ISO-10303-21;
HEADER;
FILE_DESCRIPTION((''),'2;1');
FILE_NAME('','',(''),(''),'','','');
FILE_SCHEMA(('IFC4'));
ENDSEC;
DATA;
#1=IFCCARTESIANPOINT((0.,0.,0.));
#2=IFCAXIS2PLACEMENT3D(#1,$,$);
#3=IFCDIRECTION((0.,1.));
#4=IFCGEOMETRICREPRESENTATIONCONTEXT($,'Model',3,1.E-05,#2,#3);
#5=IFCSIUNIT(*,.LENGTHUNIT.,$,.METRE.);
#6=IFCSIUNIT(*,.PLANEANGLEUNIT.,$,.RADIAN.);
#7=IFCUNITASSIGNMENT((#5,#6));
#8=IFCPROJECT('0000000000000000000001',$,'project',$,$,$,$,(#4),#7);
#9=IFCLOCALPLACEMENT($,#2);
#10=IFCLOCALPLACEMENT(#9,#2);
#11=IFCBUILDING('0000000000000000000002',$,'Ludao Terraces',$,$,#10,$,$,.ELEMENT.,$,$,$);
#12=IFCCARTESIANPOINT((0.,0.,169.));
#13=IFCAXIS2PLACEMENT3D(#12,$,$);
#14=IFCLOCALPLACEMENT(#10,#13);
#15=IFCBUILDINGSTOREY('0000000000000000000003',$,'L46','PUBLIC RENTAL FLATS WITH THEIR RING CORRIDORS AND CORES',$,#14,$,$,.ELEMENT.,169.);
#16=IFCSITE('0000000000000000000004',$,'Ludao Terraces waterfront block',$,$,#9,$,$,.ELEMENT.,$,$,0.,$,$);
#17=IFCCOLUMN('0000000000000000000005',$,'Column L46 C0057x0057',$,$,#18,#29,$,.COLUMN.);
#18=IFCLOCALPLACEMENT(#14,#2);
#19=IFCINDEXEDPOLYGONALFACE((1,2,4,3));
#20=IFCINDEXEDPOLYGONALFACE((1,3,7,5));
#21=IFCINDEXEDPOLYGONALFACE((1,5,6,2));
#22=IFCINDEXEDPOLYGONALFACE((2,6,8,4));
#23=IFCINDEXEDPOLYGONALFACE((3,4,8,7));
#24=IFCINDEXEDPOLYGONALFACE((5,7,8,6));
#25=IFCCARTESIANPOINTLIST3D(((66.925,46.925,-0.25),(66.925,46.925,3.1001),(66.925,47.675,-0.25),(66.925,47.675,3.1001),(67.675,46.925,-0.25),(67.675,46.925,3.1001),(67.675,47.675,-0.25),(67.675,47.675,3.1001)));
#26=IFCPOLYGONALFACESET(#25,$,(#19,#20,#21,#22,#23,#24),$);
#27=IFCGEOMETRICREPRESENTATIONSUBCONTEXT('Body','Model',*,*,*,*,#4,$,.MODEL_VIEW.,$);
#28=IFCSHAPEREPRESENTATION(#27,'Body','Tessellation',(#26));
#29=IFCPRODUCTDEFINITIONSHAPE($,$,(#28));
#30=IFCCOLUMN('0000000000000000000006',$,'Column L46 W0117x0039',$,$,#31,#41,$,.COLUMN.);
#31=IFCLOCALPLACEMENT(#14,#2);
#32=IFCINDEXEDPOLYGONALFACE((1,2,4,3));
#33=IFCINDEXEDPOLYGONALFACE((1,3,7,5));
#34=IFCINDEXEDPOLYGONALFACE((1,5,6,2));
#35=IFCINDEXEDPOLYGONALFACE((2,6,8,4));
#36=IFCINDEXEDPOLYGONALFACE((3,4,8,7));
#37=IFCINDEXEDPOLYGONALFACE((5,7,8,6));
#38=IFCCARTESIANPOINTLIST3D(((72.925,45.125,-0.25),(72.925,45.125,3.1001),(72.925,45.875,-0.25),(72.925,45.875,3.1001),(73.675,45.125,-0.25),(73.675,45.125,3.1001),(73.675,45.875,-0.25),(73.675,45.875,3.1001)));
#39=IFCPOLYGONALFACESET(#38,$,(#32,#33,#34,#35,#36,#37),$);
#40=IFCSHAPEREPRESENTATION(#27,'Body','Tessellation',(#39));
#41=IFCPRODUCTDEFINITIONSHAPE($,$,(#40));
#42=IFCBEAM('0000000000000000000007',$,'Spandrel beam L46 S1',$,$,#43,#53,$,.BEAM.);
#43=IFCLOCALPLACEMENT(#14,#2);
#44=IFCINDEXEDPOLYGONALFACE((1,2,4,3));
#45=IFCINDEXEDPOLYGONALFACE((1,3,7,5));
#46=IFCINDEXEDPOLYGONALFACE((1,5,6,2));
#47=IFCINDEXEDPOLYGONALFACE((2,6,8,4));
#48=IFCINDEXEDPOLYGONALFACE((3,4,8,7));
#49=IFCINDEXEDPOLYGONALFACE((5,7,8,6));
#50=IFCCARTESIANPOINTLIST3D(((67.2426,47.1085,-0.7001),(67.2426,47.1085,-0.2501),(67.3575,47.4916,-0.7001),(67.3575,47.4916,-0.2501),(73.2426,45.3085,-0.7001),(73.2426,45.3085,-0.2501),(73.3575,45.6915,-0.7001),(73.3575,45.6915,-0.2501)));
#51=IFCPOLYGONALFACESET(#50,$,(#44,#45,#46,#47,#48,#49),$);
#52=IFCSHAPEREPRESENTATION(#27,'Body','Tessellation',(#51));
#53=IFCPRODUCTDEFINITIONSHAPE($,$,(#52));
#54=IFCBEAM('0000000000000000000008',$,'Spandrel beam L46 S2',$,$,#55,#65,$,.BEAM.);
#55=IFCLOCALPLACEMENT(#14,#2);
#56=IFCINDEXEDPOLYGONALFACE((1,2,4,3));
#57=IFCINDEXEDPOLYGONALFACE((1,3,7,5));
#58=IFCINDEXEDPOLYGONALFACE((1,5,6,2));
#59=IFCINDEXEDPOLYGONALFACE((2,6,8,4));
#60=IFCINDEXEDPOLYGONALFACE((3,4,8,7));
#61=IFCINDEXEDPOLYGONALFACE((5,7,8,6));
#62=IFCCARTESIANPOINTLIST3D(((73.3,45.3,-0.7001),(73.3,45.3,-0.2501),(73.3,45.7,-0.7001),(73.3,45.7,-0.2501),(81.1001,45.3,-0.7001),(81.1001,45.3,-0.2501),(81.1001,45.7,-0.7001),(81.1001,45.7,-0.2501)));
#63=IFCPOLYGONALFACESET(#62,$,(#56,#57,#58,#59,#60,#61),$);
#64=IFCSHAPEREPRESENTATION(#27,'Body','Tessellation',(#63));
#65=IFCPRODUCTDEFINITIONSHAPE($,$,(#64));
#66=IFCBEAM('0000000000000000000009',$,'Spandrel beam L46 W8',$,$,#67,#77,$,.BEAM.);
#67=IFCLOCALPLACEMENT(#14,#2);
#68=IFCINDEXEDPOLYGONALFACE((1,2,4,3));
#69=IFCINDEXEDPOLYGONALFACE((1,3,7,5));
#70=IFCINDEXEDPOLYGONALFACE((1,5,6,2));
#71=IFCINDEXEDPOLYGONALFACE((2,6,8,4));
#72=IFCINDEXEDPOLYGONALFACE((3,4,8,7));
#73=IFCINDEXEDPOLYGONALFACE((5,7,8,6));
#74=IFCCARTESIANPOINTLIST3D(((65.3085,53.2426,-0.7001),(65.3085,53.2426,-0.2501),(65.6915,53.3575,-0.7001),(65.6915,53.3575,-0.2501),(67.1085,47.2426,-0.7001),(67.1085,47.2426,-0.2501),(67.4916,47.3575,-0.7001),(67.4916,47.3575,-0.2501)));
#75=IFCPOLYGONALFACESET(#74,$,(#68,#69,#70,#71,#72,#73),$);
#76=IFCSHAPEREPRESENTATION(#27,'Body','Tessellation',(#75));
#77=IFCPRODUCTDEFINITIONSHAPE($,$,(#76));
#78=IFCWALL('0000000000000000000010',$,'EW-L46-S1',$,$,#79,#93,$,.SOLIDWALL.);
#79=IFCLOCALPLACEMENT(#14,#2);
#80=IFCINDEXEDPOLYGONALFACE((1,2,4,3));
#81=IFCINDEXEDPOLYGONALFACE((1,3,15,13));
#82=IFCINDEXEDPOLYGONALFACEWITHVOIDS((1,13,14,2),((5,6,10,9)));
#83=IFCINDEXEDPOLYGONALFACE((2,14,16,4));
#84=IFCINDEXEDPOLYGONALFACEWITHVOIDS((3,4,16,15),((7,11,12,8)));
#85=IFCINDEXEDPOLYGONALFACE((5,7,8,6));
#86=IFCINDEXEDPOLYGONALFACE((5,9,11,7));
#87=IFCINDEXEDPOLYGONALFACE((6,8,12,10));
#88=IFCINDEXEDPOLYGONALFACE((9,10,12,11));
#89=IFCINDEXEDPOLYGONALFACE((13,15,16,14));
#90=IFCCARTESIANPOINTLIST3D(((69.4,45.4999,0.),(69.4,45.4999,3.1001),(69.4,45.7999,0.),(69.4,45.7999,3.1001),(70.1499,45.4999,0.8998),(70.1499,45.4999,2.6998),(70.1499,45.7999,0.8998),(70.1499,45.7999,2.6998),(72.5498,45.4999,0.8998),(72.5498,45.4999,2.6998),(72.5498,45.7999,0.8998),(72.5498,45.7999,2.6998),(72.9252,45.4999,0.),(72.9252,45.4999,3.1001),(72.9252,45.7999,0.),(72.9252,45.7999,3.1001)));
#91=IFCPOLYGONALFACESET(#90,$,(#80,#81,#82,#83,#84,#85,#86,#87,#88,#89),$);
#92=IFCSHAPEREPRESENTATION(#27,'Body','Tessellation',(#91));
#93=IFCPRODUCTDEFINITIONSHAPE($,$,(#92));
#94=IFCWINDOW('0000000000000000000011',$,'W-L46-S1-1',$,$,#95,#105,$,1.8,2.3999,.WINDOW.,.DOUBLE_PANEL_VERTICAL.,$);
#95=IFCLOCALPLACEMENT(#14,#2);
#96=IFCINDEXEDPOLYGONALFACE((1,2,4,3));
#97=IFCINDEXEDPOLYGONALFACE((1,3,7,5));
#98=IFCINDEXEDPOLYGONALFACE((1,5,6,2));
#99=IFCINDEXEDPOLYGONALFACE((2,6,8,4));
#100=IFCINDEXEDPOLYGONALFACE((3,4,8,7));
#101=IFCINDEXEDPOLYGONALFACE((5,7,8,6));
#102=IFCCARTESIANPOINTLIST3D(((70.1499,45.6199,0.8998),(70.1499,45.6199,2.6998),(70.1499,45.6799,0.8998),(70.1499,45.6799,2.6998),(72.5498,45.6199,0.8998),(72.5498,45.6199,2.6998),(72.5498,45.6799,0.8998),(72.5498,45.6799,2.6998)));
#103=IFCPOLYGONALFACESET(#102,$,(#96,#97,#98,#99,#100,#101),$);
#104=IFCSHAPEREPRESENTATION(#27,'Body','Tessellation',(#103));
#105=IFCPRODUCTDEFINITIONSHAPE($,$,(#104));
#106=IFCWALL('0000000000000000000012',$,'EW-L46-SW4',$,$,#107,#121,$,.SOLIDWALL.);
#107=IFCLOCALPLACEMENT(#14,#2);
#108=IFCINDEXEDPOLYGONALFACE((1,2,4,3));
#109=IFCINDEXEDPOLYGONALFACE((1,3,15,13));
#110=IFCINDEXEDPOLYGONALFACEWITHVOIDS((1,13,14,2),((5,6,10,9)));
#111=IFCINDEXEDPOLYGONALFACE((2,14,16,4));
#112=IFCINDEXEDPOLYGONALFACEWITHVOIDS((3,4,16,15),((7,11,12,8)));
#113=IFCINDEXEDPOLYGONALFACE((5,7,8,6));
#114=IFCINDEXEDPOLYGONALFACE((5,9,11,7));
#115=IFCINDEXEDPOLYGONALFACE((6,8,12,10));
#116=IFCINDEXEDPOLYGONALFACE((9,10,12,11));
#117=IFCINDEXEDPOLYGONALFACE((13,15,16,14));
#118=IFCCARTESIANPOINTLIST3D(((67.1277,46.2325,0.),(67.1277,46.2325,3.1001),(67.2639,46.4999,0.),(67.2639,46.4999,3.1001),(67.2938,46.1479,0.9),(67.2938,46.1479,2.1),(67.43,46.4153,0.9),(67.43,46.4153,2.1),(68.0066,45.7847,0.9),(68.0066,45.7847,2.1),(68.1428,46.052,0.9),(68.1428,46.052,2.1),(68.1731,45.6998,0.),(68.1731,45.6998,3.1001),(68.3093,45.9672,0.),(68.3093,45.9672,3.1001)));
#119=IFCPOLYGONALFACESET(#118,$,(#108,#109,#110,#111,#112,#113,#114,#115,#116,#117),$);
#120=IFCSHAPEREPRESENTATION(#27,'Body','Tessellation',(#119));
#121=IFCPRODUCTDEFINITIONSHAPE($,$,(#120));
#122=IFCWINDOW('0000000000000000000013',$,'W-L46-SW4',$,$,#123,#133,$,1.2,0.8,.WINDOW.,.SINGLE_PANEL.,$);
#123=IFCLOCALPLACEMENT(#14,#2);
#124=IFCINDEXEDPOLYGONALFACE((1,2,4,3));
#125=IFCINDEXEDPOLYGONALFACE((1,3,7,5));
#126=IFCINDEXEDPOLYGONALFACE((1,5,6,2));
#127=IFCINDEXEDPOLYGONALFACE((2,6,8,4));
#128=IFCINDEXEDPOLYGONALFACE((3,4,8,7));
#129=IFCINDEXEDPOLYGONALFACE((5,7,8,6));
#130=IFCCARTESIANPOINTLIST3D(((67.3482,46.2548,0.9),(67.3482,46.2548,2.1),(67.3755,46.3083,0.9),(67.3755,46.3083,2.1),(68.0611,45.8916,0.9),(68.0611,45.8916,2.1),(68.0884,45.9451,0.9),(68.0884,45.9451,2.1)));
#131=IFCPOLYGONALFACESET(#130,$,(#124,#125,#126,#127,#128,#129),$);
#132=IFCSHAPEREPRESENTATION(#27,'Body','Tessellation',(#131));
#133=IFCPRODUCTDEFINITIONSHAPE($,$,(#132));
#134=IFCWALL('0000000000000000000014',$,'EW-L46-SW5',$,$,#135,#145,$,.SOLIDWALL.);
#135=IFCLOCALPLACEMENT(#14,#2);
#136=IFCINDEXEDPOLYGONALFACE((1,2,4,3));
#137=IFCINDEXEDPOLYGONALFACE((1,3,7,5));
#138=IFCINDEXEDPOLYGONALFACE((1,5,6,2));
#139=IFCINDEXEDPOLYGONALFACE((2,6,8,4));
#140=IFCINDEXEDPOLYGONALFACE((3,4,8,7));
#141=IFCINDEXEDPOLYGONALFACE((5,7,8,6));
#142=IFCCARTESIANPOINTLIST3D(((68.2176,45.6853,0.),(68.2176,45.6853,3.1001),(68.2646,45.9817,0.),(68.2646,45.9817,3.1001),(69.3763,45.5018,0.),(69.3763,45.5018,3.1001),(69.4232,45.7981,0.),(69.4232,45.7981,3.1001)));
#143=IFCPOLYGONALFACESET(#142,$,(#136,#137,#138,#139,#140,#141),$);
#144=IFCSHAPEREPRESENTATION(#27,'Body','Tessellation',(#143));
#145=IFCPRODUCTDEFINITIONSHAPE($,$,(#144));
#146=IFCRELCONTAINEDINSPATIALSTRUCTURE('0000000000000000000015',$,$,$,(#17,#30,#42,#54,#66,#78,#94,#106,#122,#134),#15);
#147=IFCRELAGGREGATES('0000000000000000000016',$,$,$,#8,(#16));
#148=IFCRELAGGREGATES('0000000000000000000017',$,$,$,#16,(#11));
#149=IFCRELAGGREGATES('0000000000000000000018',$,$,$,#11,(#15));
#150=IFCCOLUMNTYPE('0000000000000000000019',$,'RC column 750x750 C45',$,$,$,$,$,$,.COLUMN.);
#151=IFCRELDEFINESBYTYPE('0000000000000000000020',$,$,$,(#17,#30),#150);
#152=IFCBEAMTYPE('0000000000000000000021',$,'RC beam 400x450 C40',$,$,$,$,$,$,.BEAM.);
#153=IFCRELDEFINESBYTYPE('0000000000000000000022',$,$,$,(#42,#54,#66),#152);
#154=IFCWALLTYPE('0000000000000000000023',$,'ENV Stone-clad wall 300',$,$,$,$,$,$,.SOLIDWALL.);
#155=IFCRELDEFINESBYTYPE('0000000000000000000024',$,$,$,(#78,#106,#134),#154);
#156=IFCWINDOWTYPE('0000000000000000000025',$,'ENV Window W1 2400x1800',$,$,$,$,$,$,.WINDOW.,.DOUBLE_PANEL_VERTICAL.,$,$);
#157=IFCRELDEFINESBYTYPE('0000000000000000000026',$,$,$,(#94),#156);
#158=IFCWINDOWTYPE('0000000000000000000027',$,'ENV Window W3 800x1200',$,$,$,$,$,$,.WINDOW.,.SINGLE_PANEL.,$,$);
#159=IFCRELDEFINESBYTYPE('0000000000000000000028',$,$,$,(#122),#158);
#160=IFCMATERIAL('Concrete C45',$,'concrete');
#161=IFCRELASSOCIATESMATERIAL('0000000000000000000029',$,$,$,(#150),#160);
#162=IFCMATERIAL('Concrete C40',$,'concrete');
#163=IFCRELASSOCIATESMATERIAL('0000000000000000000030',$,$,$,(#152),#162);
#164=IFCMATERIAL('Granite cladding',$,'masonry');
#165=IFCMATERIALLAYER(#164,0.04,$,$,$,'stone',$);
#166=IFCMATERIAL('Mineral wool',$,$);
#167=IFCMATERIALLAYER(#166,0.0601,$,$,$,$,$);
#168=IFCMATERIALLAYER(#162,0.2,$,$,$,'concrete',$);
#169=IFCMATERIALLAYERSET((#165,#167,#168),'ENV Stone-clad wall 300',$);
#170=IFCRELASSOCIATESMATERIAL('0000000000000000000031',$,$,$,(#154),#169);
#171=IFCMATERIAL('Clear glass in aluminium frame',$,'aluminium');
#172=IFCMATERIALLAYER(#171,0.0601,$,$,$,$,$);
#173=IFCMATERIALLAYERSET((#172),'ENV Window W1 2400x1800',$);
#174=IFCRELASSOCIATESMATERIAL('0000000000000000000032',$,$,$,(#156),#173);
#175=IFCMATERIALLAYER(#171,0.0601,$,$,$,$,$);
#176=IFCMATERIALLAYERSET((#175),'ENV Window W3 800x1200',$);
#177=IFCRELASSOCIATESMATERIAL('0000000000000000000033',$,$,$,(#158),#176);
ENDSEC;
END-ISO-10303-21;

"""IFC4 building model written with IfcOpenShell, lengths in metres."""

from ifc_helpers import new_model, si_unit, direction, frame, frame_2d, origin, origin_2d, place, context, subcontext, project, spatial, rectangle, extrude, material, layer, layer_set, material_profile, profile_set, type_object, element, fill, save


model = new_model("IFC4")

# Units and contexts
model_context = context("Model", 3, precision=1e-05, world=origin(), true_north=direction((0.0, 1.0)))
body_context = subcontext(model_context, "Body", "Model", "MODEL_VIEW")
ifc_project = project(units=[si_unit("LENGTHUNIT", "METRE"), si_unit("PLANEANGLEUNIT", "RADIAN")], contexts=[model_context])

# Site, building, storey
site_placement = place(None, origin())
site = spatial("IfcSite", under=ifc_project, at=site_placement, Name="Ludao Terraces waterfront block", CompositionType="ELEMENT", RefElevation=0.0)
building_placement = place(site_placement, origin())
building = spatial("IfcBuilding", under=site, at=building_placement, Name="Ludao Terraces", CompositionType="ELEMENT")
storey_placement = place(building_placement, frame((0.0, 0.0, 169.0)))
storey = spatial("IfcBuildingStorey", under=building, at=storey_placement, Name="L46", Description="PUBLIC RENTAL FLATS WITH THEIR RING CORRIDORS AND CORES", CompositionType="ELEMENT", Elevation=169.0)

# Columns
ifc_material_1 = material(Name="Concrete C45", Category="concrete")
ifc_material_profile_1 = material_profile(ifc_material_1, rectangle(XDim=0.75, YDim=0.75, at=origin_2d()), Name="750 X 750")
ifc_profile_set_1 = profile_set([ifc_material_profile_1], Name="Concrete C45")
column_type = type_object("IfcColumnType", Name="RC column 750x750 C45", PredefinedType="COLUMN", material=ifc_profile_set_1)
for number, where, z_axis, x_axis, name in (
    (1, (67.3, 47.3, -0.25), (0.0, 0.0, 1.0), (1.0, 0.0, 0.0), "Column L46 C0057x0057"),
    (2, (73.3, 45.5, -0.25), (0.0, 0.0, 1.0), (1.0, 0.0, 0.0), "Column L46 W0117x0039"),
):
    element("IfcColumn", number, at=place(storey_placement, frame(where, z_axis=z_axis, x_axis=x_axis)), inside=storey, type_object=column_type, Name=name, PredefinedType="COLUMN", context=body_context, shape_type="SweptSolid", body=[
        extrude(rectangle(XDim=0.75, YDim=0.75, at=origin_2d()), origin(), (0.0, 0.0, 1.0), 3.3501),
    ])

# Beams
ifc_material_2 = material(Name="Concrete C40", Category="concrete")
ifc_material_profile_2 = material_profile(ifc_material_2, rectangle(XDim=0.3999, YDim=0.45, at=origin_2d()), Name="400 X 450")
ifc_profile_set_2 = profile_set([ifc_material_profile_2], Name="Concrete C40")
beam_type = type_object("IfcBeamType", Name="RC beam 400x450 C40", PredefinedType="BEAM", material=ifc_profile_set_2)
beam_1_placement = place(storey_placement, frame((67.3, 47.3, -0.4751), z_axis=(0.957824, -0.287355, 0.0), x_axis=(0.287355, 0.957824, 0.0)))
element("IfcBeam", 3, at=beam_1_placement, inside=storey, type_object=beam_type, Name="Spandrel beam L46 S1", PredefinedType="BEAM", context=body_context, shape_type="SweptSolid", body=[
    extrude(rectangle(XDim=0.3999, YDim=0.45, at=origin_2d()), origin(), (0.0, 0.0, 1.0), 6.2642),
])
beam_2_placement = place(storey_placement, frame((73.3, 45.5, -0.4751), z_axis=(1.0, 0.0, 0.0), x_axis=(0.0, 1.0, 0.0)))
element("IfcBeam", 4, at=beam_2_placement, inside=storey, type_object=beam_type, Name="Spandrel beam L46 S2", PredefinedType="BEAM", context=body_context, shape_type="SweptSolid", body=[
    extrude(rectangle(XDim=0.3999, YDim=0.45, at=origin_2d()), origin(), (0.0, 0.0, 1.0), 7.8),
])
beam_3_placement = place(storey_placement, frame((67.3, 47.3, -0.4751), z_axis=(-0.287355, 0.957824, 0.0), x_axis=(-0.957824, -0.287355, 0.0)))
element("IfcBeam", 5, at=beam_3_placement, inside=storey, type_object=beam_type, Name="Spandrel beam L46 W8", PredefinedType="BEAM", context=body_context, shape_type="SweptSolid", body=[
    extrude(rectangle(XDim=0.3999, YDim=0.45, at=origin_2d()), origin(), (0.0, 0.0, 1.0), 6.2642),
])

# Walls, openings, windows
ifc_material_3 = material(Name="Granite cladding", Category="masonry")
ifc_layer_1 = layer(ifc_material_3, 0.04, Category="stone")
ifc_material_4 = material(Name="Mineral wool")
ifc_layer_2 = layer(ifc_material_4, 0.0601)
ifc_layer_3 = layer(ifc_material_2, 0.2, Category="concrete")
ifc_layer_set_1 = layer_set([ifc_layer_1, ifc_layer_2, ifc_layer_3], Name="ENV Stone-clad wall 300")
wall_type_1 = type_object("IfcWallType", Name="ENV Stone-clad wall 300", PredefinedType="SOLIDWALL", material=ifc_layer_set_1)
wall_1_placement = place(storey_placement, frame((69.3999, 45.6499, 0.0), z_axis=(0.0, 0.0, 1.0), x_axis=(1.0, 0.0, 0.0)))
wall_1 = element("IfcWall", 6, at=wall_1_placement, inside=storey, type_object=wall_type_1, Name="EW-L46-S1", PredefinedType="SOLIDWALL", context=body_context, shape_type="SweptSolid", body=[
    extrude(rectangle(XDim=3.5251, YDim=0.3, at=frame_2d((1.7627, 0.0))), origin(), (0.0, 0.0, 1.0), 3.1001),
])
opening_1_placement = place(wall_1_placement, frame((0.75, 0.0, 0.8999)))
opening_1 = element("IfcOpeningElement", 7, at=opening_1_placement, cuts=wall_1, PredefinedType="OPENING", context=body_context, shape_type="SweptSolid", body=[
    extrude(rectangle(XDim=2.3999, YDim=1.8, at=frame_2d((1.2, 0.8999))), frame((0.0, 0.1602, 0.0), z_axis=(0.0, -1.0, 0.0), x_axis=(1.0, 0.0, 0.0)), (0.0, 0.0, 1.0), 0.3201),
])
ifc_material_5 = material(Name="Clear glass in aluminium frame", Category="aluminium")
ifc_layer_4 = layer(ifc_material_5, 0.0601)
ifc_layer_set_2 = layer_set([ifc_layer_4], Name="ENV Window W1 2400x1800")
window_type_1 = type_object("IfcWindowType", Name="ENV Window W1 2400x1800", PartitioningType="DOUBLE_PANEL_VERTICAL", PredefinedType="WINDOW", material=ifc_layer_set_2)
window_1_placement = place(opening_1_placement, origin())
window_1 = element("IfcWindow", 8, at=window_1_placement, inside=storey, type_object=window_type_1, Name="W-L46-S1-1", OverallHeight=1.8, OverallWidth=2.3999, PartitioningType="DOUBLE_PANEL_VERTICAL", PredefinedType="WINDOW", context=body_context, shape_type="SweptSolid", body=[
    extrude(rectangle(XDim=2.3999, YDim=1.8, at=frame_2d((1.2, 0.8999))), frame((0.0, 0.03, 0.0), z_axis=(0.0, -1.0, 0.0), x_axis=(1.0, 0.0, 0.0)), (0.0, 0.0, 1.0), 0.0601),
])
fill(opening_1, window_1)
wall_2_placement = place(storey_placement, frame((67.1958, 46.3662, 0.0), z_axis=(0.0, 0.0, 1.0), x_axis=(0.890989, -0.454026, 0.0)))
wall_2 = element("IfcWall", 9, at=wall_2_placement, inside=storey, type_object=wall_type_1, Name="EW-L46-SW4", PredefinedType="SOLIDWALL", context=body_context, shape_type="SweptSolid", body=[
    extrude(rectangle(XDim=1.1733, YDim=0.3, at=frame_2d((0.5867, 0.0))), origin(), (0.0, 0.0, 1.0), 3.1001),
])
opening_2_placement = place(wall_2_placement, frame((0.1865, 0.0, 0.8999)))
opening_2 = element("IfcOpeningElement", 10, at=opening_2_placement, cuts=wall_2, PredefinedType="OPENING", context=body_context, shape_type="SweptSolid", body=[
    extrude(rectangle(XDim=0.8, YDim=1.2, at=frame_2d((0.3999, 0.6001))), frame((0.0, 0.1602, 0.0), z_axis=(0.0, -1.0, 0.0), x_axis=(1.0, 0.0, 0.0)), (0.0, 0.0, 1.0), 0.3201),
])
ifc_layer_5 = layer(ifc_material_5, 0.0601)
ifc_layer_set_3 = layer_set([ifc_layer_5], Name="ENV Window W3 800x1200")
window_type_2 = type_object("IfcWindowType", Name="ENV Window W3 800x1200", PartitioningType="SINGLE_PANEL", PredefinedType="WINDOW", material=ifc_layer_set_3)
window_2_placement = place(opening_2_placement, origin())
window_2 = element("IfcWindow", 11, at=window_2_placement, inside=storey, type_object=window_type_2, Name="W-L46-SW4", OverallHeight=1.2, OverallWidth=0.8, PartitioningType="SINGLE_PANEL", PredefinedType="WINDOW", context=body_context, shape_type="SweptSolid", body=[
    extrude(rectangle(XDim=0.8, YDim=1.2, at=frame_2d((0.3999, 0.6001))), frame((0.0, 0.03, 0.0), z_axis=(0.0, -1.0, 0.0), x_axis=(1.0, 0.0, 0.0)), (0.0, 0.0, 1.0), 0.0601),
])
fill(opening_2, window_2)

# Wall
wall_3_placement = place(storey_placement, frame((68.2412, 45.8335, 0.0), z_axis=(0.0, 0.0, 1.0), x_axis=(0.987678, -0.156497, 0.0)))
element("IfcWall", 12, at=wall_3_placement, inside=storey, type_object=wall_type_1, Name="EW-L46-SW5", PredefinedType="SOLIDWALL", context=body_context, shape_type="SweptSolid", body=[
    extrude(rectangle(XDim=1.1731, YDim=0.3, at=frame_2d((0.5864, 0.0))), origin(), (0.0, 0.0, 1.0), 3.1001),
])

save(model, "model.ifc")
